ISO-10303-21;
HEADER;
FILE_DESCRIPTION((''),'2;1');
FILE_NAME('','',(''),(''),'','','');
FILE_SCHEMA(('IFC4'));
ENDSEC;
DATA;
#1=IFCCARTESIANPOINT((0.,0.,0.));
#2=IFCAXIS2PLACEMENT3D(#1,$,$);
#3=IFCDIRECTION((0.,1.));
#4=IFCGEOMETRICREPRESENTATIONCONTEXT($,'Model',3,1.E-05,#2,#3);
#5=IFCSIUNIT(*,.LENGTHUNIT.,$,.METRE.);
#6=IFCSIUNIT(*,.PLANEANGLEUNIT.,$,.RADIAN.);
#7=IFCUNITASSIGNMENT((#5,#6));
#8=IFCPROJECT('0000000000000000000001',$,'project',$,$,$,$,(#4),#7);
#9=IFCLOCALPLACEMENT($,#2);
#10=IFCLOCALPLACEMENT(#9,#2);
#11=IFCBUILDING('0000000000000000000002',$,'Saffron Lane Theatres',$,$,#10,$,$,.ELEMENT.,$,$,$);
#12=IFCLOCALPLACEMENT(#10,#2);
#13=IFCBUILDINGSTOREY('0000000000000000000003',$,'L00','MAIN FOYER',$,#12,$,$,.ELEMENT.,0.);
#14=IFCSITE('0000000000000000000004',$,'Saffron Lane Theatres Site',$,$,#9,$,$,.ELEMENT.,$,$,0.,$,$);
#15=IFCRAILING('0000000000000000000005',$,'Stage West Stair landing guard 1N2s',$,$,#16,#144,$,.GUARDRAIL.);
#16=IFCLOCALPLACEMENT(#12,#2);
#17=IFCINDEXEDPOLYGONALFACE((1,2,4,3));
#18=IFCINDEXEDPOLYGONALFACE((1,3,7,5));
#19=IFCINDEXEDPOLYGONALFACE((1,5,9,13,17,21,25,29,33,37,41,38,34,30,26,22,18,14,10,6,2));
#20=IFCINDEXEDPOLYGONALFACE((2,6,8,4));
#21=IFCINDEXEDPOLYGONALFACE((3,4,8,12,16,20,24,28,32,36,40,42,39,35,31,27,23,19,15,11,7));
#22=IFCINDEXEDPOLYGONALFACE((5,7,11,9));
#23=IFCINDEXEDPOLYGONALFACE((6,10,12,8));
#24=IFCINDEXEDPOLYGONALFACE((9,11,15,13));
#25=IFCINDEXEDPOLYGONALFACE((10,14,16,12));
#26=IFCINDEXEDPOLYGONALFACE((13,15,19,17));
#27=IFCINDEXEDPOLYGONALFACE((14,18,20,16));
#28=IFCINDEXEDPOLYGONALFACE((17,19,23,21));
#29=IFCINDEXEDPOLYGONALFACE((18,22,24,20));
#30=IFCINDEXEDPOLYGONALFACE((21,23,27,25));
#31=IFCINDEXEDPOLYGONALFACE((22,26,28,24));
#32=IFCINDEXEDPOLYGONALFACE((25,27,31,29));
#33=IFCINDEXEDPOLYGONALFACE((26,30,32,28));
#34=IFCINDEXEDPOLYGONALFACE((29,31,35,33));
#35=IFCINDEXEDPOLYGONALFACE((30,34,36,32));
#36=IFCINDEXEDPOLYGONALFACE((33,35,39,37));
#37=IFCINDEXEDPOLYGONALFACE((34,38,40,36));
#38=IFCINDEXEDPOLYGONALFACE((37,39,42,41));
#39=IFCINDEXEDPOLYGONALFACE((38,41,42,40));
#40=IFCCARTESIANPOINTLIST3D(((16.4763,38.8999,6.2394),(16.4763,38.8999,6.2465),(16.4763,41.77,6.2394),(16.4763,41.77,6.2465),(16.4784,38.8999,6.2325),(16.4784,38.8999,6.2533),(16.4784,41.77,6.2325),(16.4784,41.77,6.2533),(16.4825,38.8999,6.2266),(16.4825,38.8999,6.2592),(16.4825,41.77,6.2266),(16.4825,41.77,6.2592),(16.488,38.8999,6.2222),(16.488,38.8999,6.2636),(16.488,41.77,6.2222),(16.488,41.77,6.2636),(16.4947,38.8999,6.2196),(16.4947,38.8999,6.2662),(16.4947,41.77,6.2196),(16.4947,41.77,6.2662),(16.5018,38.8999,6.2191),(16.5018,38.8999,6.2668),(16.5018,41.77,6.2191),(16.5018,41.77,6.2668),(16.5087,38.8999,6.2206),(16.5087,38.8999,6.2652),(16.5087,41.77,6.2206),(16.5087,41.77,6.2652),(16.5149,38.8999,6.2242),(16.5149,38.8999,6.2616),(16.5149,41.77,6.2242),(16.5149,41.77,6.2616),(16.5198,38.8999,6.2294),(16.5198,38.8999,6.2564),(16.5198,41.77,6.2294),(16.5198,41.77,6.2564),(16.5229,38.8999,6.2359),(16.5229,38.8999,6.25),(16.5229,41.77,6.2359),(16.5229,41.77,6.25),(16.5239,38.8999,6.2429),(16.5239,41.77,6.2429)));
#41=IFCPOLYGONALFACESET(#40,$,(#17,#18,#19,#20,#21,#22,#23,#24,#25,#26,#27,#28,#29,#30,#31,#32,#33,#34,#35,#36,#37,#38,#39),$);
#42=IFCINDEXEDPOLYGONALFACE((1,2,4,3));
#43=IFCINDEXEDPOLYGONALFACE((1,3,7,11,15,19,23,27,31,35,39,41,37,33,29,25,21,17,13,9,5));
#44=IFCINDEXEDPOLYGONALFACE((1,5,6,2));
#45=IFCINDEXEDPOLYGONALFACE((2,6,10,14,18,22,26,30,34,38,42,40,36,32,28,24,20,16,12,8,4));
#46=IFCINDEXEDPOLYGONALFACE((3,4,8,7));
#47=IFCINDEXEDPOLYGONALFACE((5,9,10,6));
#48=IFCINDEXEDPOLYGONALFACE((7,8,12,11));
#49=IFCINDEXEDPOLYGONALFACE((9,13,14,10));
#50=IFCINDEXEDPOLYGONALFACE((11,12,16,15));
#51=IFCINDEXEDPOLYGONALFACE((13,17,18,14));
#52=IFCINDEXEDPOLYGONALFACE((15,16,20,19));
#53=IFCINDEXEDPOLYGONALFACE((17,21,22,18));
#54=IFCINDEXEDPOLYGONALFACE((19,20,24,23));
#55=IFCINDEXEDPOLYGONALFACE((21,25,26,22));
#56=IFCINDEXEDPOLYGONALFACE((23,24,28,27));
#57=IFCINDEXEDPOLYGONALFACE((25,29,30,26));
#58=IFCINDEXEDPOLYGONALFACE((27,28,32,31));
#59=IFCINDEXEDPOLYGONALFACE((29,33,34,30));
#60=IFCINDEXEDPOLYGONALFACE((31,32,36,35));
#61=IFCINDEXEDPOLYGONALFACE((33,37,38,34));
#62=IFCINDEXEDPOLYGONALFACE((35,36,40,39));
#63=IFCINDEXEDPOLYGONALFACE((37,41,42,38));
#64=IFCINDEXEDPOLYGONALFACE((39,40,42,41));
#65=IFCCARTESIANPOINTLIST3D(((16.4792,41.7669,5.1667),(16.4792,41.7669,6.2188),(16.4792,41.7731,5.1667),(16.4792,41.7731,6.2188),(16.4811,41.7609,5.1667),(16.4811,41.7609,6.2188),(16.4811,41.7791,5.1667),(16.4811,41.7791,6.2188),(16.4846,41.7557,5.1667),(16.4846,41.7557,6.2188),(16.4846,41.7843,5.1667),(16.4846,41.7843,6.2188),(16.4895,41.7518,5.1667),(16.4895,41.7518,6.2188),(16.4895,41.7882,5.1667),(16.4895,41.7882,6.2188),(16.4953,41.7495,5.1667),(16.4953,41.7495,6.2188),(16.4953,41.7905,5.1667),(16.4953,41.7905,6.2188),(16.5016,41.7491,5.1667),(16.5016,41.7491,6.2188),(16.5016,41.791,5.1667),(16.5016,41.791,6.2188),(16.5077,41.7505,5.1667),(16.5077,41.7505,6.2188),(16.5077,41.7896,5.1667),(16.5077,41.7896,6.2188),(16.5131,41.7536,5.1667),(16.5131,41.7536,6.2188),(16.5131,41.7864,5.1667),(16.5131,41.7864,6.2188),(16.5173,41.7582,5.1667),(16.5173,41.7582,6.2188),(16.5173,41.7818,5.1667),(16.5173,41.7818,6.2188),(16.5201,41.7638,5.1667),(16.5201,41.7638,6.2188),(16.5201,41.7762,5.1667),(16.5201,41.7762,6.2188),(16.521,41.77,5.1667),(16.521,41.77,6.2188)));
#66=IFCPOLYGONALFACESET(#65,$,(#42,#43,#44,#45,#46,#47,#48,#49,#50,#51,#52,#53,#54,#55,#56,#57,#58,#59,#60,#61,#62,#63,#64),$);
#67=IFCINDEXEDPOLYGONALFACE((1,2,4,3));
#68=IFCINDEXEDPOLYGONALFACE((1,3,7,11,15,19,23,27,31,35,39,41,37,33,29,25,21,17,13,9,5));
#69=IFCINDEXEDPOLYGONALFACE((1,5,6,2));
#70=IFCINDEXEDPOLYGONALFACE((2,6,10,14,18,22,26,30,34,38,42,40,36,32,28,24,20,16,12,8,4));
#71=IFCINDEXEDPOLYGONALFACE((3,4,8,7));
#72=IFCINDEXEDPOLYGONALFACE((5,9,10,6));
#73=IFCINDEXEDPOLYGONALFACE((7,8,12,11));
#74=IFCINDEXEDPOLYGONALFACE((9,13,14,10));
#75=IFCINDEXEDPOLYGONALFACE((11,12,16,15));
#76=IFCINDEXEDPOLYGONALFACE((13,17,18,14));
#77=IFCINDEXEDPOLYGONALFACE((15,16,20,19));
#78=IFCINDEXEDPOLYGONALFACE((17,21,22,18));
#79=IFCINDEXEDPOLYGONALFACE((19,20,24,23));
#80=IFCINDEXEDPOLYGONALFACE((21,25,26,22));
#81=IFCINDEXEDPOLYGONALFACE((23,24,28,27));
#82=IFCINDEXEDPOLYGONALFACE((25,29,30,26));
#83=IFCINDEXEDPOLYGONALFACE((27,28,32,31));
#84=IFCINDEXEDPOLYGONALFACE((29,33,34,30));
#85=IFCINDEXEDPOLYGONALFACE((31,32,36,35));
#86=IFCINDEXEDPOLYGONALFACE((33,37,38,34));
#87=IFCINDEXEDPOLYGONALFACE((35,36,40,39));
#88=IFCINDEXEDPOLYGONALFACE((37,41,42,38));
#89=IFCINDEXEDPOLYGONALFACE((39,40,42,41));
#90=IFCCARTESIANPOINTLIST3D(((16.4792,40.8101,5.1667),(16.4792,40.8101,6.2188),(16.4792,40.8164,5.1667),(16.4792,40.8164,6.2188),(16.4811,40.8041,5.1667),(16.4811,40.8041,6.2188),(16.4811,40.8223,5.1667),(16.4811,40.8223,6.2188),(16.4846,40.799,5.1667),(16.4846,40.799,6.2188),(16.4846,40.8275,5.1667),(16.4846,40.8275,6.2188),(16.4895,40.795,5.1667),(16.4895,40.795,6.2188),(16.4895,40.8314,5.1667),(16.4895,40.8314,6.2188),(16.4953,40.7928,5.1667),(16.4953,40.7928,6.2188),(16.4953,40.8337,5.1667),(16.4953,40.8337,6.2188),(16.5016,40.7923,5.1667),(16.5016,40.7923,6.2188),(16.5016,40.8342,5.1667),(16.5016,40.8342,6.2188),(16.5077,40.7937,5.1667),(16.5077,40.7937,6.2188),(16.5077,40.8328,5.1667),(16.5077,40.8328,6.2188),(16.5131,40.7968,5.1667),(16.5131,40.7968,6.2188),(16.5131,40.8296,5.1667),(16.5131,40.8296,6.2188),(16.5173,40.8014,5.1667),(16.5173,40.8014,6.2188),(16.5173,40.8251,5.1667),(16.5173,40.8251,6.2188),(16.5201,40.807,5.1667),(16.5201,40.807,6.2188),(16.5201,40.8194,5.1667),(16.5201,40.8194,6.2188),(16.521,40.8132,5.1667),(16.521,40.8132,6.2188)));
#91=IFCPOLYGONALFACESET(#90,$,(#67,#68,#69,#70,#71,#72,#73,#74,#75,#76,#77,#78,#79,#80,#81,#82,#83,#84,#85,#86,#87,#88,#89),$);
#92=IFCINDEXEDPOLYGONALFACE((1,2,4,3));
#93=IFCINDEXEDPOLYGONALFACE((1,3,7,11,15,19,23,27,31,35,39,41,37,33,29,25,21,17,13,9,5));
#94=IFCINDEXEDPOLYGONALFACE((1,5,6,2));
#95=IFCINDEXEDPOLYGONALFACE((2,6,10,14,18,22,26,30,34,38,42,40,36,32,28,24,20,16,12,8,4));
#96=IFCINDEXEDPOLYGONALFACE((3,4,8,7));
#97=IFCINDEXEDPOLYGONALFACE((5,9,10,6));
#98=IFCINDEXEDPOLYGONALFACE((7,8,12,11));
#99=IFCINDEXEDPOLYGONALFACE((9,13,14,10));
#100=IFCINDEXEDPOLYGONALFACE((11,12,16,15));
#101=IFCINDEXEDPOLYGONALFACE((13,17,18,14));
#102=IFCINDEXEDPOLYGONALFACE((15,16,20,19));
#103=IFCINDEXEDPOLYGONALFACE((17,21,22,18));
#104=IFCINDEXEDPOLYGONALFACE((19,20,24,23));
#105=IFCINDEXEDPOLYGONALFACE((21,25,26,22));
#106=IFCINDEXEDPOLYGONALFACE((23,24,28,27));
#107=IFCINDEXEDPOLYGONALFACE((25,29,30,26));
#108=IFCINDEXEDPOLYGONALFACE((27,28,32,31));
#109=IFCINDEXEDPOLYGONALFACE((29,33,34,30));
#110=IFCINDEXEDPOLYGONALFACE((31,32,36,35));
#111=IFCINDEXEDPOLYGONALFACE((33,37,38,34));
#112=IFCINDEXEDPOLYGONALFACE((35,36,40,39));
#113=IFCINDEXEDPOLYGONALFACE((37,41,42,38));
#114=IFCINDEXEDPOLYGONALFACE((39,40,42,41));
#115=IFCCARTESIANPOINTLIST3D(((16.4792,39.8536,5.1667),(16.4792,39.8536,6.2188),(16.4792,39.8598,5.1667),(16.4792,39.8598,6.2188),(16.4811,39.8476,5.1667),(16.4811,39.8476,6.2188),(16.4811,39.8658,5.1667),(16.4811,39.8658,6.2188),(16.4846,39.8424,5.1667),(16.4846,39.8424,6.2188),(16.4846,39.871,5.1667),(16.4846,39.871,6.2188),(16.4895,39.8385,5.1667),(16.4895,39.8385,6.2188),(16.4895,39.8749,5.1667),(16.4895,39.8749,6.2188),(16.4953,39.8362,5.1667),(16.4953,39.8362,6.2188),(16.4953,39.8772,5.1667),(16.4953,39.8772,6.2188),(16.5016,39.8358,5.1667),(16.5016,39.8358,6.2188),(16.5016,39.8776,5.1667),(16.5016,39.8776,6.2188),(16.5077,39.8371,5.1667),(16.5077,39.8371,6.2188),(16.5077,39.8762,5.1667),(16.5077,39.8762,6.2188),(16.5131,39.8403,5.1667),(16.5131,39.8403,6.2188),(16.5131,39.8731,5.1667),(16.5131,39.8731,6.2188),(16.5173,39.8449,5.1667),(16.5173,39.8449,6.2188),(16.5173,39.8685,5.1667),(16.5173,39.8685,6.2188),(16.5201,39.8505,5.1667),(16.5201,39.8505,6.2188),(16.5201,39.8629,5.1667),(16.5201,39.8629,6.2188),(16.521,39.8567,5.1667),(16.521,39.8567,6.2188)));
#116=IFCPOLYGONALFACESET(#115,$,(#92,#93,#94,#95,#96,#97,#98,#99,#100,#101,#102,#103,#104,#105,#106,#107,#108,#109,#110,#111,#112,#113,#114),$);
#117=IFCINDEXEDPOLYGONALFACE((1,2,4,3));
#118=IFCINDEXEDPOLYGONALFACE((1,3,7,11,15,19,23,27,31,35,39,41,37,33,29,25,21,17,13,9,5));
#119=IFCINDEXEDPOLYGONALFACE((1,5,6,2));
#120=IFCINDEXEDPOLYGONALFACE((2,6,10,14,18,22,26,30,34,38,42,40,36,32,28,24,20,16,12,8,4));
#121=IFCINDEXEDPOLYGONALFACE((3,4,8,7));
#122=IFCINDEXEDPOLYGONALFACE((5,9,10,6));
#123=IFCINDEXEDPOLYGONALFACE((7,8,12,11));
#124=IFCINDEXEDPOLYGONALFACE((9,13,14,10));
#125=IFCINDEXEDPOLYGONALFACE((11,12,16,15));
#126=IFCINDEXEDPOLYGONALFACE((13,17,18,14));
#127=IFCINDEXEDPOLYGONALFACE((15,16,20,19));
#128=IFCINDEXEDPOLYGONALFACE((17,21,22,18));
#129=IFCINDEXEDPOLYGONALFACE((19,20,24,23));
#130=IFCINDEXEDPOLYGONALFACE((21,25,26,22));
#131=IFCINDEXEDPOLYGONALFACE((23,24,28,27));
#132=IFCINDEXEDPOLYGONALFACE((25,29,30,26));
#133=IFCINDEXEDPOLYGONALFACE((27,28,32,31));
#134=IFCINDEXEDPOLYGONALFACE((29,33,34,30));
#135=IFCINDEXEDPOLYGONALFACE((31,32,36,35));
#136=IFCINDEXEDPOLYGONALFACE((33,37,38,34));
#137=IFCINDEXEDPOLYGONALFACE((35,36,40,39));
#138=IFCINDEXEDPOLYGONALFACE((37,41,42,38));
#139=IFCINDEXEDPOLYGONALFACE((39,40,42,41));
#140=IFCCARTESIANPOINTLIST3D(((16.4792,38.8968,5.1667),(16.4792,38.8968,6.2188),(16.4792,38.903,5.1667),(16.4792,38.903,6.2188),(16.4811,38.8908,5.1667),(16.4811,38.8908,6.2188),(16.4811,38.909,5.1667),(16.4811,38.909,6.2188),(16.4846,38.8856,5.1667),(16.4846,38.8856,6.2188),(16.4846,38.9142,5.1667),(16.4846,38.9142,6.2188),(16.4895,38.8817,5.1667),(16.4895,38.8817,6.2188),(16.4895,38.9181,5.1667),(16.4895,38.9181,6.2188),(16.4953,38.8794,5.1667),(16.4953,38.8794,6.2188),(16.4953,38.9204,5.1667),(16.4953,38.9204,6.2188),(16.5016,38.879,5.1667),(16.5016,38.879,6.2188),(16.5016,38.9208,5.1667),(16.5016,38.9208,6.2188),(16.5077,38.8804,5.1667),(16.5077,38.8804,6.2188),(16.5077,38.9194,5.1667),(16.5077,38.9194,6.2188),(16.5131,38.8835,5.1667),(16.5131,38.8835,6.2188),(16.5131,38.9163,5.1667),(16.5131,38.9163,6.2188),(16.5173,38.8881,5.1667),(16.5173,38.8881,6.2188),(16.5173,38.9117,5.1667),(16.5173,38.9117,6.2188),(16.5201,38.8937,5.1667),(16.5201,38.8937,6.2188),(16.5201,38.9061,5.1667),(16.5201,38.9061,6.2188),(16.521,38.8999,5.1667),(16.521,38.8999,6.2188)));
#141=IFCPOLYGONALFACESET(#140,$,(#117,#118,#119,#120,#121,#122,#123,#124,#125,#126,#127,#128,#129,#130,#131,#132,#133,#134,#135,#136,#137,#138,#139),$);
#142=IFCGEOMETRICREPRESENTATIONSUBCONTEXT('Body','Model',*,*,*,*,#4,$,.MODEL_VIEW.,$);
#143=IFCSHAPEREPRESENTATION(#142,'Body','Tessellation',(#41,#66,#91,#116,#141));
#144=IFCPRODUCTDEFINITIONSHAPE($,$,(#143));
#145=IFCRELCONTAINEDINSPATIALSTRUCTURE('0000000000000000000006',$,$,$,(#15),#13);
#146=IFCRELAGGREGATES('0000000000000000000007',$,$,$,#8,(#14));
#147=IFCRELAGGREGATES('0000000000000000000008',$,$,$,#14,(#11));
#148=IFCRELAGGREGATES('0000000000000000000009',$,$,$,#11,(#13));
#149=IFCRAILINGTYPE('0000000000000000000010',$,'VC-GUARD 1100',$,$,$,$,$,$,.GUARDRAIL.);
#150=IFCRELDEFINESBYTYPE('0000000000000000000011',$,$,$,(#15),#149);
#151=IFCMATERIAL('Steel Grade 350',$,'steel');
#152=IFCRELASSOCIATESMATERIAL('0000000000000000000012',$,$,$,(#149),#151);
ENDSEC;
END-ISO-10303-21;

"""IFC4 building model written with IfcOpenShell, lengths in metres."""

from ifc_helpers import new_model, si_unit, direction, frame, origin, origin_2d, place, context, subcontext, project, spatial, circle, extrude, material, type_object, element, save


model = new_model("IFC4")

# Units and contexts
model_context = context("Model", 3, precision=1e-05, world=origin(), true_north=direction((0.0, 1.0)))
body_context = subcontext(model_context, "Body", "Model", "MODEL_VIEW")
ifc_project = project(units=[si_unit("LENGTHUNIT", "METRE"), si_unit("PLANEANGLEUNIT", "RADIAN")], contexts=[model_context])

# Site, building, storey
site_placement = place(None, origin())
site = spatial("IfcSite", under=ifc_project, at=site_placement, Name="Saffron Lane Theatres Site", CompositionType="ELEMENT", RefElevation=0.0)
building_placement = place(site_placement, origin())
building = spatial("IfcBuilding", under=site, at=building_placement, Name="Saffron Lane Theatres", CompositionType="ELEMENT")
storey_placement = place(building_placement, origin())
storey = spatial("IfcBuildingStorey", under=building, at=storey_placement, Name="L00", Description="MAIN FOYER", CompositionType="ELEMENT", Elevation=0.0)

# Railing
ifc_material_1 = material(Name="Steel Grade 350", Category="steel")
railing_type_1 = type_object("IfcRailingType", Name="VC-GUARD 1100", PredefinedType="GUARDRAIL", material=ifc_material_1)
railing_1_placement = place(storey_placement, frame((16.5, 41.77, 5.1667)))
element("IfcRailing", 1, at=railing_1_placement, inside=storey, type_object=railing_type_1, Name="Stage West Stair landing guard 1N2s", PredefinedType="GUARDRAIL", context=body_context, shape_type="SweptSolid", body=[
    extrude(circle(Radius=0.0239, at=origin_2d()), frame((0.0, 0.0, 1.0762), z_axis=(0.0, -1.0, 0.0), x_axis=(1.0, 0.0, 0.0)), (0.0, 0.0, 1.0), 2.8701),
    extrude(circle(Radius=0.021, at=origin_2d()), origin(), (0.0, 0.0, 1.0), 1.052),
    extrude(circle(Radius=0.021, at=origin_2d()), frame((0.0, -0.9568, 0.0)), (0.0, 0.0, 1.0), 1.052),
    extrude(circle(Radius=0.021, at=origin_2d()), frame((0.0, -1.9133, 0.0)), (0.0, 0.0, 1.0), 1.052),
    extrude(circle(Radius=0.021, at=origin_2d()), frame((0.0, -2.8701, 0.0)), (0.0, 0.0, 1.0), 1.052),
])

save(model, "model.ifc")
